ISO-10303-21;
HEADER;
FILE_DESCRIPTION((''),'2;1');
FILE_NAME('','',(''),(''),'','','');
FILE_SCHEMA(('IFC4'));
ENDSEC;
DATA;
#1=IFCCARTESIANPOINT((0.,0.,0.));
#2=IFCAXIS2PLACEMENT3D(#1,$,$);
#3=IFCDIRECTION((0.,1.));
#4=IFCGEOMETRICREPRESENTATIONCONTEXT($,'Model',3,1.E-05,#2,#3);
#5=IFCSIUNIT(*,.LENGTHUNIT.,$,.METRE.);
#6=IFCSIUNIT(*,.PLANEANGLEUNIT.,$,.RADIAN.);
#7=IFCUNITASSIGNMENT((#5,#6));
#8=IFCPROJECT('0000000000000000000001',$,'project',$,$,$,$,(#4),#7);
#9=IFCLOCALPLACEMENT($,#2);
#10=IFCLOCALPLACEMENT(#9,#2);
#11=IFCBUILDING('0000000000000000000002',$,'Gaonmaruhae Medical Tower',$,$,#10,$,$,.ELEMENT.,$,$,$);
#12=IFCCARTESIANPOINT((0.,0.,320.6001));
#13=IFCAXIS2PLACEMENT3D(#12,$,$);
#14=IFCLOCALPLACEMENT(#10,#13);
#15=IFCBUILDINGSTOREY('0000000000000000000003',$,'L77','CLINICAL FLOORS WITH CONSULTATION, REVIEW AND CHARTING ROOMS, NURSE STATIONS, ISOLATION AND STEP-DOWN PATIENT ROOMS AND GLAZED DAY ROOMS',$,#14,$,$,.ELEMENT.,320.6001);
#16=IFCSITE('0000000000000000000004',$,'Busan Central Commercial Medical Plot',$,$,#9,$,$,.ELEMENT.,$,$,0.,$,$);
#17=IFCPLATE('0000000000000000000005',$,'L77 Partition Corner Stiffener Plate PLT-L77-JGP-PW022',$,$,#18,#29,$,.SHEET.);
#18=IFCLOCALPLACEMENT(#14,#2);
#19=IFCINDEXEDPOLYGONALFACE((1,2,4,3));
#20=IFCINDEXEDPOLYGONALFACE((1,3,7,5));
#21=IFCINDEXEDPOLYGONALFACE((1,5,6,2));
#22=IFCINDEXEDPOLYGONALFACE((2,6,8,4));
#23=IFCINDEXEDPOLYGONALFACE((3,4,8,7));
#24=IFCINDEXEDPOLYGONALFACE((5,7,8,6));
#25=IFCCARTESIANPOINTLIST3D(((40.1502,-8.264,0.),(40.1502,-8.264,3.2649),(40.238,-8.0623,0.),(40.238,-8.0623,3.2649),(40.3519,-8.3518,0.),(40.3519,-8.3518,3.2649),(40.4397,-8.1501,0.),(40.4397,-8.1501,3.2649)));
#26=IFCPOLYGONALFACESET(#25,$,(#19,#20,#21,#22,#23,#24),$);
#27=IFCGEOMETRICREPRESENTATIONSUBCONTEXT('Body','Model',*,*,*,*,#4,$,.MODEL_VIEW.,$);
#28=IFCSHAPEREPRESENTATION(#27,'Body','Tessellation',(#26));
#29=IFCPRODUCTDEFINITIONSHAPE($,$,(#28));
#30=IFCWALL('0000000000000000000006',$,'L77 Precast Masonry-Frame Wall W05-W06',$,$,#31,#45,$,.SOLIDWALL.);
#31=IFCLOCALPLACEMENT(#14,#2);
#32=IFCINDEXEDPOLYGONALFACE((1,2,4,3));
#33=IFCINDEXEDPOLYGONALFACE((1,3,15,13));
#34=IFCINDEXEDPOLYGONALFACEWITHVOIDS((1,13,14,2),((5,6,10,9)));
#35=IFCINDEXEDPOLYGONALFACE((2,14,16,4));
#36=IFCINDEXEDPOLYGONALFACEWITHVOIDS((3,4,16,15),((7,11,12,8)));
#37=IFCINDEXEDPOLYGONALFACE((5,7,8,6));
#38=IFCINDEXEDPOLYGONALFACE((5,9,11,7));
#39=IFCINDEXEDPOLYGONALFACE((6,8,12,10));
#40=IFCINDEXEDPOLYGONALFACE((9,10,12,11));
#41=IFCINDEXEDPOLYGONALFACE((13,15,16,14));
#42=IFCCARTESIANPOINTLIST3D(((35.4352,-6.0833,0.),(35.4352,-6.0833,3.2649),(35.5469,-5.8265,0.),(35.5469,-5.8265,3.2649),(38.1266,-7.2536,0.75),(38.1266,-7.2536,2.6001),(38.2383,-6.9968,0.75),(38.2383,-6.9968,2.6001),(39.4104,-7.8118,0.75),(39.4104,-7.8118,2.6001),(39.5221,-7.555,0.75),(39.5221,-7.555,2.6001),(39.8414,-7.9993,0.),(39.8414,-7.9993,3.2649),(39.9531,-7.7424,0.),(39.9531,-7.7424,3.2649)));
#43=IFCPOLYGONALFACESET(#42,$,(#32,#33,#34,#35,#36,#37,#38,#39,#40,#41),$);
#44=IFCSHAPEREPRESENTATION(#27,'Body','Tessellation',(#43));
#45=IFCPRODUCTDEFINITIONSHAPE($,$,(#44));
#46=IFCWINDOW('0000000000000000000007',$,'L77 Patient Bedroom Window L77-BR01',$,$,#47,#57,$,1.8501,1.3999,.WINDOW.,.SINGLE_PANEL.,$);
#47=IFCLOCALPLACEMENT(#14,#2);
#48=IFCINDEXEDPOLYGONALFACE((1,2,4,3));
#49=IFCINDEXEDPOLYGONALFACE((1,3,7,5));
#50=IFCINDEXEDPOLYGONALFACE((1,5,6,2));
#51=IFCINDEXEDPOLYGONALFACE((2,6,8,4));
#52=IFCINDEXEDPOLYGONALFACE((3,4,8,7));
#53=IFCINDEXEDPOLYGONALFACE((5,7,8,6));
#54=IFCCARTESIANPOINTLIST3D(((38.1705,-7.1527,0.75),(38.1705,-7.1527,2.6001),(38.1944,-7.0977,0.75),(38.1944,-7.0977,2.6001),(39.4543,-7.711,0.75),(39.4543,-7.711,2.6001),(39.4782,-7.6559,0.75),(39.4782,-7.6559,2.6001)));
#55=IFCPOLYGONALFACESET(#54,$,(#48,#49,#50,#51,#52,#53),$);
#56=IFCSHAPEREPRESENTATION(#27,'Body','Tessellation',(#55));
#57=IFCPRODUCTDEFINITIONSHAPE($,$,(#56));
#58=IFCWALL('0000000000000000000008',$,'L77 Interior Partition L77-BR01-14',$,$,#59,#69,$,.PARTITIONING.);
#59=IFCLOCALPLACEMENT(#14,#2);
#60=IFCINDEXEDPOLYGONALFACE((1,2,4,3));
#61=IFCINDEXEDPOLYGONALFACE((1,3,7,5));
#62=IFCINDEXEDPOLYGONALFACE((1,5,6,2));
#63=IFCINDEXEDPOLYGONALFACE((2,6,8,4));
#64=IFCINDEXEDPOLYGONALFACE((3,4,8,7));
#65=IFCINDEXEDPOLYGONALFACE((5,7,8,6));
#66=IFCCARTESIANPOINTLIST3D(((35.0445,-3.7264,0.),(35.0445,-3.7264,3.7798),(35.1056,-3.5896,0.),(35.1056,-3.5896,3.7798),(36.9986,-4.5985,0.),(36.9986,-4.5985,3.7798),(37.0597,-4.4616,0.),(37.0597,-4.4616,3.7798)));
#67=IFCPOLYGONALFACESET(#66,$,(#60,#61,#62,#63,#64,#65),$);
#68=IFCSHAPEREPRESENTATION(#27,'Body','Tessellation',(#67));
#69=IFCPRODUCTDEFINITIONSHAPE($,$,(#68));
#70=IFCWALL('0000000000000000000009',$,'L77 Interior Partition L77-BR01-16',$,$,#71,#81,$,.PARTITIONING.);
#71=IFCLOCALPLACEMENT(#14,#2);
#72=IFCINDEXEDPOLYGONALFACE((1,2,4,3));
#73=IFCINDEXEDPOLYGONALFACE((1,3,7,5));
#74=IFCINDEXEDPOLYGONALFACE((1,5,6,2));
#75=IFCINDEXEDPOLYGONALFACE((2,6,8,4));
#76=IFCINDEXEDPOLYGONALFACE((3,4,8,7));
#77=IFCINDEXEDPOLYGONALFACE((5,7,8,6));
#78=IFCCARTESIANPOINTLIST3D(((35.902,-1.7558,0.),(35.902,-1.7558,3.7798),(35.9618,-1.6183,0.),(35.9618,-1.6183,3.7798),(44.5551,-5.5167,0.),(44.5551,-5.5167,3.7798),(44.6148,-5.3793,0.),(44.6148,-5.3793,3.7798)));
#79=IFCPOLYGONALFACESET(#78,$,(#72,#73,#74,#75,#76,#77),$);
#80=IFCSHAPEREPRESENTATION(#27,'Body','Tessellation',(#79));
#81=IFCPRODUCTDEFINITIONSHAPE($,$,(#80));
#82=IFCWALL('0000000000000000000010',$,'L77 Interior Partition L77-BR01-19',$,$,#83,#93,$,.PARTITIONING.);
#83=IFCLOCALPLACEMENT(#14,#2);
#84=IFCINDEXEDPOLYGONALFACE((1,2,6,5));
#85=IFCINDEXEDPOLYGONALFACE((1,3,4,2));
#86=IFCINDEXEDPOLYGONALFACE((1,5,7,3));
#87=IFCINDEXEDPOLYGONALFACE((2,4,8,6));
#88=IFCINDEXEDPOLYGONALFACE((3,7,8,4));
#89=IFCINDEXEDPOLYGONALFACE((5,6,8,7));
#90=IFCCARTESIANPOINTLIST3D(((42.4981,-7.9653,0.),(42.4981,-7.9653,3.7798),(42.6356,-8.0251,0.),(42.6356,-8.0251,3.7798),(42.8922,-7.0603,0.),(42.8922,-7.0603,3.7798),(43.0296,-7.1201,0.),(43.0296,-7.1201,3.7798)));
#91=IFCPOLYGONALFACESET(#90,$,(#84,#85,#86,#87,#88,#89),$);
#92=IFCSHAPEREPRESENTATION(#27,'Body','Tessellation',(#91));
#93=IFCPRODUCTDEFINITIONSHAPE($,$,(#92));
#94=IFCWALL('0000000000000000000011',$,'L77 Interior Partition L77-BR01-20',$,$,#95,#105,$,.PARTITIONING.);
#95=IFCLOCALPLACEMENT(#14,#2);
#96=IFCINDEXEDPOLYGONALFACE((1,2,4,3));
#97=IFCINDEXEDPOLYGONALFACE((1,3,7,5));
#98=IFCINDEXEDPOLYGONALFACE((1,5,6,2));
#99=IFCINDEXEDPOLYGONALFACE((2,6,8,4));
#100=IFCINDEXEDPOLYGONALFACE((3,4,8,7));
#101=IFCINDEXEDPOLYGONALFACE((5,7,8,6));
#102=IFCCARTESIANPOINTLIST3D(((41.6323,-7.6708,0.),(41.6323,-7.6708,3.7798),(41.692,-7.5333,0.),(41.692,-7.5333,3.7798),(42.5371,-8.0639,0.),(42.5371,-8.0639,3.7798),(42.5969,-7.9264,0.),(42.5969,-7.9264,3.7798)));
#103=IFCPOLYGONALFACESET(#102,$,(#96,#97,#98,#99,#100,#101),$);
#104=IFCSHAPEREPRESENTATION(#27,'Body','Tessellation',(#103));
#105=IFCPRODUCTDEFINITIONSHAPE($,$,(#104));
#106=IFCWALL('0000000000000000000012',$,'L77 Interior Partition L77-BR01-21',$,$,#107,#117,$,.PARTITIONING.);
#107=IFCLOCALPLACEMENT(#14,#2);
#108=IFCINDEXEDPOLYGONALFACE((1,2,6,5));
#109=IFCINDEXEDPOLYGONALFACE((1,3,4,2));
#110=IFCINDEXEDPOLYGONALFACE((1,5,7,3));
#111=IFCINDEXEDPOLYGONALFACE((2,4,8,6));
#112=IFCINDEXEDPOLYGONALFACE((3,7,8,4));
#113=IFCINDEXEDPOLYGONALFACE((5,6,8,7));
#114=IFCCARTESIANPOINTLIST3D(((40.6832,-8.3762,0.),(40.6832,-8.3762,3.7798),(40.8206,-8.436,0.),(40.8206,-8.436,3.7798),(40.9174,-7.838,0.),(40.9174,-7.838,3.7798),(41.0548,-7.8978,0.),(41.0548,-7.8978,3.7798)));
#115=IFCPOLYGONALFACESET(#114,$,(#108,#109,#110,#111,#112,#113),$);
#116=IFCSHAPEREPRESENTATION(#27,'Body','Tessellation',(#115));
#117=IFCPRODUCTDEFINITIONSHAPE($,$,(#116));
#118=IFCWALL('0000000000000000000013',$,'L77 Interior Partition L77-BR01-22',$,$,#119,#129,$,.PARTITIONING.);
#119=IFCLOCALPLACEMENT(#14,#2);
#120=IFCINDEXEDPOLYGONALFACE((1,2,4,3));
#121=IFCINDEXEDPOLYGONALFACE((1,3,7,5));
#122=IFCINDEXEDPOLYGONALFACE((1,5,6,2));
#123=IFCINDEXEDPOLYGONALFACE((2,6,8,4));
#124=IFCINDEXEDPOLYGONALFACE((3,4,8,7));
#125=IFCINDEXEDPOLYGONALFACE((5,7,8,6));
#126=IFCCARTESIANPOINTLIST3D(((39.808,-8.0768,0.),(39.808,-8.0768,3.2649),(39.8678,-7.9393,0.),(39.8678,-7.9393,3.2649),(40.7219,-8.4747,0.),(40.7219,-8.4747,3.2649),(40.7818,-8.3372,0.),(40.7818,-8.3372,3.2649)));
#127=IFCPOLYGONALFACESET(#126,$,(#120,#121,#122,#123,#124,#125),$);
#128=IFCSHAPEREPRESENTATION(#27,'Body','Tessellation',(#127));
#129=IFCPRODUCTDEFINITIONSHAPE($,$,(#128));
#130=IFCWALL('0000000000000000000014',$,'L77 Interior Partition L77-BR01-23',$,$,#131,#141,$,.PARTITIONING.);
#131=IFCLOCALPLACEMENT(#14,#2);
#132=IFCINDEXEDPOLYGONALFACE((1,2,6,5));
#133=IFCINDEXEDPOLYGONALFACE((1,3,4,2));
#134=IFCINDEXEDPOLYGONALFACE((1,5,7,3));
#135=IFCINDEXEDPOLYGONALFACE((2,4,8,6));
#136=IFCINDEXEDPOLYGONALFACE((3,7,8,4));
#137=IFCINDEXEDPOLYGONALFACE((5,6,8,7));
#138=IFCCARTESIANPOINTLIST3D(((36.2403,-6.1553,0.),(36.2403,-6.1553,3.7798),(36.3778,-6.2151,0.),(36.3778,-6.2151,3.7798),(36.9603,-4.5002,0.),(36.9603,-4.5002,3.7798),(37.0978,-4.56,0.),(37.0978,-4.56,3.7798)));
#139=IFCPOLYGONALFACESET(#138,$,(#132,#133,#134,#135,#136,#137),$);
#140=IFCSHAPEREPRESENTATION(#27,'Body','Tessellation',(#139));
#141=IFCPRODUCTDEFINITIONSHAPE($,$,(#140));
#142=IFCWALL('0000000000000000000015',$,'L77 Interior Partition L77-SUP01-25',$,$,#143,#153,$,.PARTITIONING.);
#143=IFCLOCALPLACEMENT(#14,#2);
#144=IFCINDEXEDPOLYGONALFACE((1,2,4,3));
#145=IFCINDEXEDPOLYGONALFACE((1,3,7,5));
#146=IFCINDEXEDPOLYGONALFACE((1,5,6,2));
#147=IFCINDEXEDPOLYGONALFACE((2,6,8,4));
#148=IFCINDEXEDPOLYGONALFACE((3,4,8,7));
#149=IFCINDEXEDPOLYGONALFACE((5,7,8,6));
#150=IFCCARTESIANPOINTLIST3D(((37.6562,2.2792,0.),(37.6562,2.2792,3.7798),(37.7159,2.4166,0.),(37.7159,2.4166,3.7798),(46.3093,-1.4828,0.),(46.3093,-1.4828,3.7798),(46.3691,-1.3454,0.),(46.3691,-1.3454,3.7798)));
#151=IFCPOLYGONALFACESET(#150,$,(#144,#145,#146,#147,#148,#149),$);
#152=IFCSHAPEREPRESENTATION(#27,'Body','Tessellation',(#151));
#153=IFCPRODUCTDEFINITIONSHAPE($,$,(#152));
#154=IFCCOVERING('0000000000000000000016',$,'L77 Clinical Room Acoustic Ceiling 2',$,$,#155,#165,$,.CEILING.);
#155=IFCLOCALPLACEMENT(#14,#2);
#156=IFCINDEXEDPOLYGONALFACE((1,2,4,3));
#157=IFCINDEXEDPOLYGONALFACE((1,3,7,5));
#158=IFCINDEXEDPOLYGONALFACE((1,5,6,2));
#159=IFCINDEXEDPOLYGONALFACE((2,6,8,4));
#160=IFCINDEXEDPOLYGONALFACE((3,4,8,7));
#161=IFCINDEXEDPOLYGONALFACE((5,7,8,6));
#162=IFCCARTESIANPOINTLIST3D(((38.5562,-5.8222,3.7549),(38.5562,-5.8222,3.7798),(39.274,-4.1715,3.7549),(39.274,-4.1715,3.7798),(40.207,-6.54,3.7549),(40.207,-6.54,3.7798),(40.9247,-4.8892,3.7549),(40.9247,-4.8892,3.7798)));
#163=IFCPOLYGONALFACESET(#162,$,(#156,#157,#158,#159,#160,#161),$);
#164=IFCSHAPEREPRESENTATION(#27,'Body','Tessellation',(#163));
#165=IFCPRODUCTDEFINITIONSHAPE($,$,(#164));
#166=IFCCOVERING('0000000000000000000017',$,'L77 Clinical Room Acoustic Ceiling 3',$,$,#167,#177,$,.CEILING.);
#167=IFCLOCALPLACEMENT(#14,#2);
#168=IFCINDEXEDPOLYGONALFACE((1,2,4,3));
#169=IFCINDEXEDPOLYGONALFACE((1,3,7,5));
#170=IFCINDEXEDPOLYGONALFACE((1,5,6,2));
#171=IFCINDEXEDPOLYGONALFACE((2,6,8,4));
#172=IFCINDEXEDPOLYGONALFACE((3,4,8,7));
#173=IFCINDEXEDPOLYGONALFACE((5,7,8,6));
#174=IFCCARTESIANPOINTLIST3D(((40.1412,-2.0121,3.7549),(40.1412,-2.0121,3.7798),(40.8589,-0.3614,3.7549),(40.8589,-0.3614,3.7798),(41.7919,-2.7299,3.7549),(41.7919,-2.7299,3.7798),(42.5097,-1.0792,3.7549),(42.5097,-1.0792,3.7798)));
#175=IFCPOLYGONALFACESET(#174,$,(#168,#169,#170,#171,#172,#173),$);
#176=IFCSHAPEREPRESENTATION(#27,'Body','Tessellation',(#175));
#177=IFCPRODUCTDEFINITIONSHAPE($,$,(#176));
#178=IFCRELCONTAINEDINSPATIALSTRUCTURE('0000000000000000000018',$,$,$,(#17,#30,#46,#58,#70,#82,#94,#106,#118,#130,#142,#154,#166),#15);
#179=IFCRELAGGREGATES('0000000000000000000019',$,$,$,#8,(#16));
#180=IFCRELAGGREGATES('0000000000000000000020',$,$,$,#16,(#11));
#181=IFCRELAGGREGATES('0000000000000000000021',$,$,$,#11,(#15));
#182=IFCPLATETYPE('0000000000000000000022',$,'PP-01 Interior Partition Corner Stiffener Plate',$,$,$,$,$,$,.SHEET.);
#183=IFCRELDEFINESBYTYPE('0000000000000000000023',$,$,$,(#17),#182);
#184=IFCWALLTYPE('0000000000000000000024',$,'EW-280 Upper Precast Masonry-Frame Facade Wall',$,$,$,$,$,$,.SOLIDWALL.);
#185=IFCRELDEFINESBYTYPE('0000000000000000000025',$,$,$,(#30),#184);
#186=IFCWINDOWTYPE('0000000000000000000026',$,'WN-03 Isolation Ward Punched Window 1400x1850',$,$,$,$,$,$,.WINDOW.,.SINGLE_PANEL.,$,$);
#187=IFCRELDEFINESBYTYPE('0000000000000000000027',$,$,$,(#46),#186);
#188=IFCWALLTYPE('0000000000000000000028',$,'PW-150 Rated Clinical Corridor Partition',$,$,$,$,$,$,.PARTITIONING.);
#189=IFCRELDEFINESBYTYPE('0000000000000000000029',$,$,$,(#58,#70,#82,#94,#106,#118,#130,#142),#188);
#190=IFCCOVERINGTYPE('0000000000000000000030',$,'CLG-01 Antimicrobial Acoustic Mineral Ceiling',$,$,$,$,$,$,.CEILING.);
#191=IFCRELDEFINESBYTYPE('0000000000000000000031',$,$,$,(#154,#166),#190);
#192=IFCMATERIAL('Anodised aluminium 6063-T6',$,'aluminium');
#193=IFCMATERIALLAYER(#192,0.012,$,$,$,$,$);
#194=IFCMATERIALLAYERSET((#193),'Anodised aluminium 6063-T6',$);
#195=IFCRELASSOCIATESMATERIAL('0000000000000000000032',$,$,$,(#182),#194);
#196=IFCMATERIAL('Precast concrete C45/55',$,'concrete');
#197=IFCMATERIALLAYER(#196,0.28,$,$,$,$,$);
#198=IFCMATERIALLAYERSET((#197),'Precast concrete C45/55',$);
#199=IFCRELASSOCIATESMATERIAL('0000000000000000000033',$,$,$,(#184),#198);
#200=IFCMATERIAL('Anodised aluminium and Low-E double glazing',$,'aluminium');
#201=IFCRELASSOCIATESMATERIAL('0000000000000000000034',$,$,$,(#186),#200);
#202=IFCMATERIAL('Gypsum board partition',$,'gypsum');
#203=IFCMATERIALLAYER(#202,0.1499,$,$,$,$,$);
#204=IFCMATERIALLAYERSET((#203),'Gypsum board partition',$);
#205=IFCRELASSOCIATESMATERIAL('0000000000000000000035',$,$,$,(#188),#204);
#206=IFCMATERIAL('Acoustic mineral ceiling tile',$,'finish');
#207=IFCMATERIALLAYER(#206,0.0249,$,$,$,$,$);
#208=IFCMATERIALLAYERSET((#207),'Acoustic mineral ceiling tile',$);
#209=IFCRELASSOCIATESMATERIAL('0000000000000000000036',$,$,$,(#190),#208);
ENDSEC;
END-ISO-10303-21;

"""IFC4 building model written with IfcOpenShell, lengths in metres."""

from ifc_helpers import new_model, si_unit, direction, frame, frame_2d, origin, origin_2d, place, context, subcontext, project, spatial, rectangle, extrude, material, layer, layer_set, type_object, element, fill, save


model = new_model("IFC4")

# Units and contexts
model_context = context("Model", 3, precision=1e-05, world=origin(), true_north=direction((0.0, 1.0)))
body_context = subcontext(model_context, "Body", "Model", "MODEL_VIEW")
ifc_project = project(units=[si_unit("LENGTHUNIT", "METRE"), si_unit("PLANEANGLEUNIT", "RADIAN")], contexts=[model_context])

# Site, building, storey
site_placement = place(None, origin())
site = spatial("IfcSite", under=ifc_project, at=site_placement, Name="Busan Central Commercial Medical Plot", CompositionType="ELEMENT", RefElevation=0.0)
building_placement = place(site_placement, origin())
building = spatial("IfcBuilding", under=site, at=building_placement, Name="Gaonmaruhae Medical Tower", CompositionType="ELEMENT")
storey_placement = place(building_placement, frame((0.0, 0.0, 320.6001)))
storey = spatial("IfcBuildingStorey", under=building, at=storey_placement, Name="L77", Description="CLINICAL FLOORS WITH CONSULTATION, REVIEW AND CHARTING ROOMS, NURSE STATIONS, ISOLATION AND STEP-DOWN PATIENT ROOMS AND GLAZED DAY ROOMS", CompositionType="ELEMENT", Elevation=320.6001)

# Plate
ifc_material_1 = material(Name="Anodised aluminium 6063-T6", Category="aluminium")
ifc_layer_1 = layer(ifc_material_1, 0.012)
ifc_layer_set_1 = layer_set([ifc_layer_1], Name="Anodised aluminium 6063-T6")
plate_type = type_object("IfcPlateType", Name="PP-01 Interior Partition Corner Stiffener Plate", PredefinedType="SHEET", material=ifc_layer_set_1)
plate_placement = place(storey_placement, frame((40.2949, -8.207, 0.0), z_axis=(0.0, 0.0, 1.0), x_axis=(-0.916844, 0.399245, 0.0)))
element("IfcPlate", 1, at=plate_placement, inside=storey, type_object=plate_type, Name="L77 Partition Corner Stiffener Plate PLT-L77-JGP-PW022", PredefinedType="SHEET", context=body_context, shape_type="SweptSolid", body=[
    extrude(rectangle(XDim=0.22, YDim=0.22, at=origin_2d()), origin(), (0.0, 0.0, 1.0), 3.2649),
])

# Wall, opening, window
ifc_material_2 = material(Name="Precast concrete C45/55", Category="concrete")
ifc_layer_2 = layer(ifc_material_2, 0.28)
ifc_layer_set_2 = layer_set([ifc_layer_2], Name="Precast concrete C45/55")
wall_type_1 = type_object("IfcWallType", Name="EW-280 Upper Precast Masonry-Frame Facade Wall", PredefinedType="SOLIDWALL", material=ifc_layer_set_2)
wall_1_placement = place(storey_placement, frame((39.8972, -7.8708, 0.0), z_axis=(0.0, 0.0, 1.0), x_axis=(-0.917051, 0.398771, 0.0)))
wall_1 = element("IfcWall", 2, at=wall_1_placement, inside=storey, type_object=wall_type_1, Name="L77 Precast Masonry-Frame Wall W05-W06", PredefinedType="SOLIDWALL", context=body_context, shape_type="SweptSolid", body=[
    extrude(rectangle(XDim=4.8047, YDim=0.28, at=frame_2d((2.4023, 0.0))), origin(), (0.0, 0.0, 1.0), 3.2649),
])
opening_1_placement = place(wall_1_placement, frame((0.47, 0.0, 0.75)))
opening_1 = element("IfcOpeningElement", 3, at=opening_1_placement, cuts=wall_1, PredefinedType="OPENING", context=body_context, shape_type="SweptSolid", body=[
    extrude(rectangle(XDim=1.3999, YDim=1.8501, at=frame_2d((0.7, 0.925))), frame((0.0, 0.1499, 0.0), z_axis=(0.0, -1.0, 0.0), x_axis=(1.0, 0.0, 0.0)), (0.0, 0.0, 1.0), 0.3),
])
ifc_material_3 = material(Name="Anodised aluminium and Low-E double glazing", Category="aluminium")
window_type = type_object("IfcWindowType", Name="WN-03 Isolation Ward Punched Window 1400x1850", PartitioningType="SINGLE_PANEL", PredefinedType="WINDOW", material=ifc_material_3)
window_placement = place(opening_1_placement, origin())
window = element("IfcWindow", 4, at=window_placement, inside=storey, type_object=window_type, Name="L77 Patient Bedroom Window L77-BR01", OverallHeight=1.8501, OverallWidth=1.3999, PartitioningType="SINGLE_PANEL", PredefinedType="WINDOW", context=body_context, shape_type="SweptSolid", body=[
    extrude(rectangle(XDim=1.3999, YDim=1.8501, at=frame_2d((0.7, 0.925))), frame((0.0, 0.03, 0.0), z_axis=(0.0, -1.0, 0.0), x_axis=(1.0, 0.0, 0.0)), (0.0, 0.0, 1.0), 0.0601),
])
fill(opening_1, window)

# Walls
ifc_material_4 = material(Name="Gypsum board partition", Category="gypsum")
ifc_layer_3 = layer(ifc_material_4, 0.1499)
ifc_layer_set_3 = layer_set([ifc_layer_3], Name="Gypsum board partition")
wall_type_2 = type_object("IfcWallType", Name="PW-150 Rated Clinical Corridor Partition", PredefinedType="PARTITIONING", material=ifc_layer_set_3)
wall_2_placement = place(storey_placement, frame((37.0291, -4.53, 0.0), z_axis=(0.0, 0.0, 1.0), x_axis=(-0.913189, 0.407535, 0.0)))
element("IfcWall", 5, at=wall_2_placement, inside=storey, type_object=wall_type_2, Name="L77 Interior Partition L77-BR01-14", PredefinedType="PARTITIONING", context=body_context, shape_type="SweptSolid", body=[
    extrude(rectangle(XDim=2.1399, YDim=0.1499, at=frame_2d((1.0698, 0.0))), origin(), (0.0, 0.0, 1.0), 3.7798),
])
wall_3_placement = place(storey_placement, frame((35.9319, -1.687, 0.0), z_axis=(0.0, 0.0, 1.0), x_axis=(0.917117, -0.398617, 0.0)))
element("IfcWall", 6, at=wall_3_placement, inside=storey, type_object=wall_type_2, Name="L77 Interior Partition L77-BR01-16", PredefinedType="PARTITIONING", context=body_context, shape_type="SweptSolid", body=[
    extrude(rectangle(XDim=9.4351, YDim=0.1499, at=frame_2d((4.7175, 0.0))), origin(), (0.0, 0.0, 1.0), 3.7798),
])
wall_4_placement = place(storey_placement, frame((42.9609, -7.0901, 0.0), z_axis=(0.0, 0.0, 1.0), x_axis=(-0.399196, -0.916865, 0.0)))
element("IfcWall", 7, at=wall_4_placement, inside=storey, type_object=wall_type_2, Name="L77 Interior Partition L77-BR01-19", PredefinedType="PARTITIONING", context=body_context, shape_type="SweptSolid", body=[
    extrude(rectangle(XDim=0.9871, YDim=0.1499, at=frame_2d((0.4937, 0.0))), origin(), (0.0, 0.0, 1.0), 3.7798),
])
wall_5_placement = place(storey_placement, frame((42.5669, -7.9951, 0.0), z_axis=(0.0, 0.0, 1.0), x_axis=(-0.917188, 0.398455, 0.0)))
element("IfcWall", 8, at=wall_5_placement, inside=storey, type_object=wall_type_2, Name="L77 Interior Partition L77-BR01-20", PredefinedType="PARTITIONING", context=body_context, shape_type="SweptSolid", body=[
    extrude(rectangle(XDim=0.9866, YDim=0.1499, at=frame_2d((0.4932, 0.0))), origin(), (0.0, 0.0, 1.0), 3.7798),
])
wall_6_placement = place(storey_placement, frame((40.9861, -7.8679, 0.0), z_axis=(0.0, 0.0, 1.0), x_axis=(-0.398985, -0.916958, 0.0)))
element("IfcWall", 9, at=wall_6_placement, inside=storey, type_object=wall_type_2, Name="L77 Interior Partition L77-BR01-21", PredefinedType="PARTITIONING", context=body_context, shape_type="SweptSolid", body=[
    extrude(rectangle(XDim=0.5869, YDim=0.1499, at=frame_2d((0.2935, 0.0))), origin(), (0.0, 0.0, 1.0), 3.7798),
])
wall_7_placement = place(storey_placement, frame((40.752, -8.406, 0.0), z_axis=(0.0, 0.0, 1.0), x_axis=(-0.916875, 0.399174, 0.0)))
element("IfcWall", 10, at=wall_7_placement, inside=storey, type_object=wall_type_2, Name="L77 Interior Partition L77-BR01-22", PredefinedType="PARTITIONING", context=body_context, shape_type="SweptSolid", body=[
    extrude(rectangle(XDim=0.9968, YDim=0.1499, at=frame_2d((0.4985, 0.0))), origin(), (0.0, 0.0, 1.0), 3.2649),
])
wall_8_placement = place(storey_placement, frame((36.3091, -6.1851, 0.0), z_axis=(0.0, 0.0, 1.0), x_axis=(0.398909, 0.91699, 0.0)))
element("IfcWall", 11, at=wall_8_placement, inside=storey, type_object=wall_type_2, Name="L77 Interior Partition L77-BR01-23", PredefinedType="PARTITIONING", context=body_context, shape_type="SweptSolid", body=[
    extrude(rectangle(XDim=1.8049, YDim=0.1499, at=frame_2d((0.9023, 0.0))), origin(), (0.0, 0.0, 1.0), 3.7798),
])

# Wall
wall_9_placement = place(storey_placement, frame((37.686, 2.3479, 0.0), z_axis=(0.0, 0.0, 1.0), x_axis=(0.91708, -0.398704, 0.0)))
element("IfcWall", 12, at=wall_9_placement, inside=storey, type_object=wall_type_2, Name="L77 Interior Partition L77-SUP01-25", PredefinedType="PARTITIONING", context=body_context, shape_type="SweptSolid", body=[
    extrude(rectangle(XDim=9.4355, YDim=0.1499, at=frame_2d((4.7178, 0.0))), origin(), (0.0, 0.0, 1.0), 3.7798),
])

# Coverings
ifc_material_5 = material(Name="Acoustic mineral ceiling tile", Category="finish")
ifc_layer_4 = layer(ifc_material_5, 0.0249)
ifc_layer_set_4 = layer_set([ifc_layer_4], Name="Acoustic mineral ceiling tile")
covering_type_1 = type_object("IfcCoveringType", Name="CLG-01 Antimicrobial Acoustic Mineral Ceiling", PredefinedType="CEILING", material=ifc_layer_set_4)
for number, where, z_axis, x_axis, name in (
    (13, (39.7405, -5.3557, 3.7549), (0.0, 0.0, 1.0), (0.398749, 0.91706, 0.0), "L77 Clinical Room Acoustic Ceiling 2"),
    (14, (41.3254, -1.5457, 3.7549), (0.0, 0.0, 1.0), (0.398749, 0.91706, 0.0), "L77 Clinical Room Acoustic Ceiling 3"),
):
    element("IfcCovering", number, at=place(storey_placement, frame(where, z_axis=z_axis, x_axis=x_axis)), inside=storey, type_object=covering_type_1, Name=name, PredefinedType="CEILING", context=body_context, shape_type="SweptSolid", body=[
        extrude(rectangle(XDim=1.8, YDim=1.8, at=origin_2d()), origin(), (0.0, 0.0, 1.0), 0.0249),
    ])

save(model, "model.ifc")
